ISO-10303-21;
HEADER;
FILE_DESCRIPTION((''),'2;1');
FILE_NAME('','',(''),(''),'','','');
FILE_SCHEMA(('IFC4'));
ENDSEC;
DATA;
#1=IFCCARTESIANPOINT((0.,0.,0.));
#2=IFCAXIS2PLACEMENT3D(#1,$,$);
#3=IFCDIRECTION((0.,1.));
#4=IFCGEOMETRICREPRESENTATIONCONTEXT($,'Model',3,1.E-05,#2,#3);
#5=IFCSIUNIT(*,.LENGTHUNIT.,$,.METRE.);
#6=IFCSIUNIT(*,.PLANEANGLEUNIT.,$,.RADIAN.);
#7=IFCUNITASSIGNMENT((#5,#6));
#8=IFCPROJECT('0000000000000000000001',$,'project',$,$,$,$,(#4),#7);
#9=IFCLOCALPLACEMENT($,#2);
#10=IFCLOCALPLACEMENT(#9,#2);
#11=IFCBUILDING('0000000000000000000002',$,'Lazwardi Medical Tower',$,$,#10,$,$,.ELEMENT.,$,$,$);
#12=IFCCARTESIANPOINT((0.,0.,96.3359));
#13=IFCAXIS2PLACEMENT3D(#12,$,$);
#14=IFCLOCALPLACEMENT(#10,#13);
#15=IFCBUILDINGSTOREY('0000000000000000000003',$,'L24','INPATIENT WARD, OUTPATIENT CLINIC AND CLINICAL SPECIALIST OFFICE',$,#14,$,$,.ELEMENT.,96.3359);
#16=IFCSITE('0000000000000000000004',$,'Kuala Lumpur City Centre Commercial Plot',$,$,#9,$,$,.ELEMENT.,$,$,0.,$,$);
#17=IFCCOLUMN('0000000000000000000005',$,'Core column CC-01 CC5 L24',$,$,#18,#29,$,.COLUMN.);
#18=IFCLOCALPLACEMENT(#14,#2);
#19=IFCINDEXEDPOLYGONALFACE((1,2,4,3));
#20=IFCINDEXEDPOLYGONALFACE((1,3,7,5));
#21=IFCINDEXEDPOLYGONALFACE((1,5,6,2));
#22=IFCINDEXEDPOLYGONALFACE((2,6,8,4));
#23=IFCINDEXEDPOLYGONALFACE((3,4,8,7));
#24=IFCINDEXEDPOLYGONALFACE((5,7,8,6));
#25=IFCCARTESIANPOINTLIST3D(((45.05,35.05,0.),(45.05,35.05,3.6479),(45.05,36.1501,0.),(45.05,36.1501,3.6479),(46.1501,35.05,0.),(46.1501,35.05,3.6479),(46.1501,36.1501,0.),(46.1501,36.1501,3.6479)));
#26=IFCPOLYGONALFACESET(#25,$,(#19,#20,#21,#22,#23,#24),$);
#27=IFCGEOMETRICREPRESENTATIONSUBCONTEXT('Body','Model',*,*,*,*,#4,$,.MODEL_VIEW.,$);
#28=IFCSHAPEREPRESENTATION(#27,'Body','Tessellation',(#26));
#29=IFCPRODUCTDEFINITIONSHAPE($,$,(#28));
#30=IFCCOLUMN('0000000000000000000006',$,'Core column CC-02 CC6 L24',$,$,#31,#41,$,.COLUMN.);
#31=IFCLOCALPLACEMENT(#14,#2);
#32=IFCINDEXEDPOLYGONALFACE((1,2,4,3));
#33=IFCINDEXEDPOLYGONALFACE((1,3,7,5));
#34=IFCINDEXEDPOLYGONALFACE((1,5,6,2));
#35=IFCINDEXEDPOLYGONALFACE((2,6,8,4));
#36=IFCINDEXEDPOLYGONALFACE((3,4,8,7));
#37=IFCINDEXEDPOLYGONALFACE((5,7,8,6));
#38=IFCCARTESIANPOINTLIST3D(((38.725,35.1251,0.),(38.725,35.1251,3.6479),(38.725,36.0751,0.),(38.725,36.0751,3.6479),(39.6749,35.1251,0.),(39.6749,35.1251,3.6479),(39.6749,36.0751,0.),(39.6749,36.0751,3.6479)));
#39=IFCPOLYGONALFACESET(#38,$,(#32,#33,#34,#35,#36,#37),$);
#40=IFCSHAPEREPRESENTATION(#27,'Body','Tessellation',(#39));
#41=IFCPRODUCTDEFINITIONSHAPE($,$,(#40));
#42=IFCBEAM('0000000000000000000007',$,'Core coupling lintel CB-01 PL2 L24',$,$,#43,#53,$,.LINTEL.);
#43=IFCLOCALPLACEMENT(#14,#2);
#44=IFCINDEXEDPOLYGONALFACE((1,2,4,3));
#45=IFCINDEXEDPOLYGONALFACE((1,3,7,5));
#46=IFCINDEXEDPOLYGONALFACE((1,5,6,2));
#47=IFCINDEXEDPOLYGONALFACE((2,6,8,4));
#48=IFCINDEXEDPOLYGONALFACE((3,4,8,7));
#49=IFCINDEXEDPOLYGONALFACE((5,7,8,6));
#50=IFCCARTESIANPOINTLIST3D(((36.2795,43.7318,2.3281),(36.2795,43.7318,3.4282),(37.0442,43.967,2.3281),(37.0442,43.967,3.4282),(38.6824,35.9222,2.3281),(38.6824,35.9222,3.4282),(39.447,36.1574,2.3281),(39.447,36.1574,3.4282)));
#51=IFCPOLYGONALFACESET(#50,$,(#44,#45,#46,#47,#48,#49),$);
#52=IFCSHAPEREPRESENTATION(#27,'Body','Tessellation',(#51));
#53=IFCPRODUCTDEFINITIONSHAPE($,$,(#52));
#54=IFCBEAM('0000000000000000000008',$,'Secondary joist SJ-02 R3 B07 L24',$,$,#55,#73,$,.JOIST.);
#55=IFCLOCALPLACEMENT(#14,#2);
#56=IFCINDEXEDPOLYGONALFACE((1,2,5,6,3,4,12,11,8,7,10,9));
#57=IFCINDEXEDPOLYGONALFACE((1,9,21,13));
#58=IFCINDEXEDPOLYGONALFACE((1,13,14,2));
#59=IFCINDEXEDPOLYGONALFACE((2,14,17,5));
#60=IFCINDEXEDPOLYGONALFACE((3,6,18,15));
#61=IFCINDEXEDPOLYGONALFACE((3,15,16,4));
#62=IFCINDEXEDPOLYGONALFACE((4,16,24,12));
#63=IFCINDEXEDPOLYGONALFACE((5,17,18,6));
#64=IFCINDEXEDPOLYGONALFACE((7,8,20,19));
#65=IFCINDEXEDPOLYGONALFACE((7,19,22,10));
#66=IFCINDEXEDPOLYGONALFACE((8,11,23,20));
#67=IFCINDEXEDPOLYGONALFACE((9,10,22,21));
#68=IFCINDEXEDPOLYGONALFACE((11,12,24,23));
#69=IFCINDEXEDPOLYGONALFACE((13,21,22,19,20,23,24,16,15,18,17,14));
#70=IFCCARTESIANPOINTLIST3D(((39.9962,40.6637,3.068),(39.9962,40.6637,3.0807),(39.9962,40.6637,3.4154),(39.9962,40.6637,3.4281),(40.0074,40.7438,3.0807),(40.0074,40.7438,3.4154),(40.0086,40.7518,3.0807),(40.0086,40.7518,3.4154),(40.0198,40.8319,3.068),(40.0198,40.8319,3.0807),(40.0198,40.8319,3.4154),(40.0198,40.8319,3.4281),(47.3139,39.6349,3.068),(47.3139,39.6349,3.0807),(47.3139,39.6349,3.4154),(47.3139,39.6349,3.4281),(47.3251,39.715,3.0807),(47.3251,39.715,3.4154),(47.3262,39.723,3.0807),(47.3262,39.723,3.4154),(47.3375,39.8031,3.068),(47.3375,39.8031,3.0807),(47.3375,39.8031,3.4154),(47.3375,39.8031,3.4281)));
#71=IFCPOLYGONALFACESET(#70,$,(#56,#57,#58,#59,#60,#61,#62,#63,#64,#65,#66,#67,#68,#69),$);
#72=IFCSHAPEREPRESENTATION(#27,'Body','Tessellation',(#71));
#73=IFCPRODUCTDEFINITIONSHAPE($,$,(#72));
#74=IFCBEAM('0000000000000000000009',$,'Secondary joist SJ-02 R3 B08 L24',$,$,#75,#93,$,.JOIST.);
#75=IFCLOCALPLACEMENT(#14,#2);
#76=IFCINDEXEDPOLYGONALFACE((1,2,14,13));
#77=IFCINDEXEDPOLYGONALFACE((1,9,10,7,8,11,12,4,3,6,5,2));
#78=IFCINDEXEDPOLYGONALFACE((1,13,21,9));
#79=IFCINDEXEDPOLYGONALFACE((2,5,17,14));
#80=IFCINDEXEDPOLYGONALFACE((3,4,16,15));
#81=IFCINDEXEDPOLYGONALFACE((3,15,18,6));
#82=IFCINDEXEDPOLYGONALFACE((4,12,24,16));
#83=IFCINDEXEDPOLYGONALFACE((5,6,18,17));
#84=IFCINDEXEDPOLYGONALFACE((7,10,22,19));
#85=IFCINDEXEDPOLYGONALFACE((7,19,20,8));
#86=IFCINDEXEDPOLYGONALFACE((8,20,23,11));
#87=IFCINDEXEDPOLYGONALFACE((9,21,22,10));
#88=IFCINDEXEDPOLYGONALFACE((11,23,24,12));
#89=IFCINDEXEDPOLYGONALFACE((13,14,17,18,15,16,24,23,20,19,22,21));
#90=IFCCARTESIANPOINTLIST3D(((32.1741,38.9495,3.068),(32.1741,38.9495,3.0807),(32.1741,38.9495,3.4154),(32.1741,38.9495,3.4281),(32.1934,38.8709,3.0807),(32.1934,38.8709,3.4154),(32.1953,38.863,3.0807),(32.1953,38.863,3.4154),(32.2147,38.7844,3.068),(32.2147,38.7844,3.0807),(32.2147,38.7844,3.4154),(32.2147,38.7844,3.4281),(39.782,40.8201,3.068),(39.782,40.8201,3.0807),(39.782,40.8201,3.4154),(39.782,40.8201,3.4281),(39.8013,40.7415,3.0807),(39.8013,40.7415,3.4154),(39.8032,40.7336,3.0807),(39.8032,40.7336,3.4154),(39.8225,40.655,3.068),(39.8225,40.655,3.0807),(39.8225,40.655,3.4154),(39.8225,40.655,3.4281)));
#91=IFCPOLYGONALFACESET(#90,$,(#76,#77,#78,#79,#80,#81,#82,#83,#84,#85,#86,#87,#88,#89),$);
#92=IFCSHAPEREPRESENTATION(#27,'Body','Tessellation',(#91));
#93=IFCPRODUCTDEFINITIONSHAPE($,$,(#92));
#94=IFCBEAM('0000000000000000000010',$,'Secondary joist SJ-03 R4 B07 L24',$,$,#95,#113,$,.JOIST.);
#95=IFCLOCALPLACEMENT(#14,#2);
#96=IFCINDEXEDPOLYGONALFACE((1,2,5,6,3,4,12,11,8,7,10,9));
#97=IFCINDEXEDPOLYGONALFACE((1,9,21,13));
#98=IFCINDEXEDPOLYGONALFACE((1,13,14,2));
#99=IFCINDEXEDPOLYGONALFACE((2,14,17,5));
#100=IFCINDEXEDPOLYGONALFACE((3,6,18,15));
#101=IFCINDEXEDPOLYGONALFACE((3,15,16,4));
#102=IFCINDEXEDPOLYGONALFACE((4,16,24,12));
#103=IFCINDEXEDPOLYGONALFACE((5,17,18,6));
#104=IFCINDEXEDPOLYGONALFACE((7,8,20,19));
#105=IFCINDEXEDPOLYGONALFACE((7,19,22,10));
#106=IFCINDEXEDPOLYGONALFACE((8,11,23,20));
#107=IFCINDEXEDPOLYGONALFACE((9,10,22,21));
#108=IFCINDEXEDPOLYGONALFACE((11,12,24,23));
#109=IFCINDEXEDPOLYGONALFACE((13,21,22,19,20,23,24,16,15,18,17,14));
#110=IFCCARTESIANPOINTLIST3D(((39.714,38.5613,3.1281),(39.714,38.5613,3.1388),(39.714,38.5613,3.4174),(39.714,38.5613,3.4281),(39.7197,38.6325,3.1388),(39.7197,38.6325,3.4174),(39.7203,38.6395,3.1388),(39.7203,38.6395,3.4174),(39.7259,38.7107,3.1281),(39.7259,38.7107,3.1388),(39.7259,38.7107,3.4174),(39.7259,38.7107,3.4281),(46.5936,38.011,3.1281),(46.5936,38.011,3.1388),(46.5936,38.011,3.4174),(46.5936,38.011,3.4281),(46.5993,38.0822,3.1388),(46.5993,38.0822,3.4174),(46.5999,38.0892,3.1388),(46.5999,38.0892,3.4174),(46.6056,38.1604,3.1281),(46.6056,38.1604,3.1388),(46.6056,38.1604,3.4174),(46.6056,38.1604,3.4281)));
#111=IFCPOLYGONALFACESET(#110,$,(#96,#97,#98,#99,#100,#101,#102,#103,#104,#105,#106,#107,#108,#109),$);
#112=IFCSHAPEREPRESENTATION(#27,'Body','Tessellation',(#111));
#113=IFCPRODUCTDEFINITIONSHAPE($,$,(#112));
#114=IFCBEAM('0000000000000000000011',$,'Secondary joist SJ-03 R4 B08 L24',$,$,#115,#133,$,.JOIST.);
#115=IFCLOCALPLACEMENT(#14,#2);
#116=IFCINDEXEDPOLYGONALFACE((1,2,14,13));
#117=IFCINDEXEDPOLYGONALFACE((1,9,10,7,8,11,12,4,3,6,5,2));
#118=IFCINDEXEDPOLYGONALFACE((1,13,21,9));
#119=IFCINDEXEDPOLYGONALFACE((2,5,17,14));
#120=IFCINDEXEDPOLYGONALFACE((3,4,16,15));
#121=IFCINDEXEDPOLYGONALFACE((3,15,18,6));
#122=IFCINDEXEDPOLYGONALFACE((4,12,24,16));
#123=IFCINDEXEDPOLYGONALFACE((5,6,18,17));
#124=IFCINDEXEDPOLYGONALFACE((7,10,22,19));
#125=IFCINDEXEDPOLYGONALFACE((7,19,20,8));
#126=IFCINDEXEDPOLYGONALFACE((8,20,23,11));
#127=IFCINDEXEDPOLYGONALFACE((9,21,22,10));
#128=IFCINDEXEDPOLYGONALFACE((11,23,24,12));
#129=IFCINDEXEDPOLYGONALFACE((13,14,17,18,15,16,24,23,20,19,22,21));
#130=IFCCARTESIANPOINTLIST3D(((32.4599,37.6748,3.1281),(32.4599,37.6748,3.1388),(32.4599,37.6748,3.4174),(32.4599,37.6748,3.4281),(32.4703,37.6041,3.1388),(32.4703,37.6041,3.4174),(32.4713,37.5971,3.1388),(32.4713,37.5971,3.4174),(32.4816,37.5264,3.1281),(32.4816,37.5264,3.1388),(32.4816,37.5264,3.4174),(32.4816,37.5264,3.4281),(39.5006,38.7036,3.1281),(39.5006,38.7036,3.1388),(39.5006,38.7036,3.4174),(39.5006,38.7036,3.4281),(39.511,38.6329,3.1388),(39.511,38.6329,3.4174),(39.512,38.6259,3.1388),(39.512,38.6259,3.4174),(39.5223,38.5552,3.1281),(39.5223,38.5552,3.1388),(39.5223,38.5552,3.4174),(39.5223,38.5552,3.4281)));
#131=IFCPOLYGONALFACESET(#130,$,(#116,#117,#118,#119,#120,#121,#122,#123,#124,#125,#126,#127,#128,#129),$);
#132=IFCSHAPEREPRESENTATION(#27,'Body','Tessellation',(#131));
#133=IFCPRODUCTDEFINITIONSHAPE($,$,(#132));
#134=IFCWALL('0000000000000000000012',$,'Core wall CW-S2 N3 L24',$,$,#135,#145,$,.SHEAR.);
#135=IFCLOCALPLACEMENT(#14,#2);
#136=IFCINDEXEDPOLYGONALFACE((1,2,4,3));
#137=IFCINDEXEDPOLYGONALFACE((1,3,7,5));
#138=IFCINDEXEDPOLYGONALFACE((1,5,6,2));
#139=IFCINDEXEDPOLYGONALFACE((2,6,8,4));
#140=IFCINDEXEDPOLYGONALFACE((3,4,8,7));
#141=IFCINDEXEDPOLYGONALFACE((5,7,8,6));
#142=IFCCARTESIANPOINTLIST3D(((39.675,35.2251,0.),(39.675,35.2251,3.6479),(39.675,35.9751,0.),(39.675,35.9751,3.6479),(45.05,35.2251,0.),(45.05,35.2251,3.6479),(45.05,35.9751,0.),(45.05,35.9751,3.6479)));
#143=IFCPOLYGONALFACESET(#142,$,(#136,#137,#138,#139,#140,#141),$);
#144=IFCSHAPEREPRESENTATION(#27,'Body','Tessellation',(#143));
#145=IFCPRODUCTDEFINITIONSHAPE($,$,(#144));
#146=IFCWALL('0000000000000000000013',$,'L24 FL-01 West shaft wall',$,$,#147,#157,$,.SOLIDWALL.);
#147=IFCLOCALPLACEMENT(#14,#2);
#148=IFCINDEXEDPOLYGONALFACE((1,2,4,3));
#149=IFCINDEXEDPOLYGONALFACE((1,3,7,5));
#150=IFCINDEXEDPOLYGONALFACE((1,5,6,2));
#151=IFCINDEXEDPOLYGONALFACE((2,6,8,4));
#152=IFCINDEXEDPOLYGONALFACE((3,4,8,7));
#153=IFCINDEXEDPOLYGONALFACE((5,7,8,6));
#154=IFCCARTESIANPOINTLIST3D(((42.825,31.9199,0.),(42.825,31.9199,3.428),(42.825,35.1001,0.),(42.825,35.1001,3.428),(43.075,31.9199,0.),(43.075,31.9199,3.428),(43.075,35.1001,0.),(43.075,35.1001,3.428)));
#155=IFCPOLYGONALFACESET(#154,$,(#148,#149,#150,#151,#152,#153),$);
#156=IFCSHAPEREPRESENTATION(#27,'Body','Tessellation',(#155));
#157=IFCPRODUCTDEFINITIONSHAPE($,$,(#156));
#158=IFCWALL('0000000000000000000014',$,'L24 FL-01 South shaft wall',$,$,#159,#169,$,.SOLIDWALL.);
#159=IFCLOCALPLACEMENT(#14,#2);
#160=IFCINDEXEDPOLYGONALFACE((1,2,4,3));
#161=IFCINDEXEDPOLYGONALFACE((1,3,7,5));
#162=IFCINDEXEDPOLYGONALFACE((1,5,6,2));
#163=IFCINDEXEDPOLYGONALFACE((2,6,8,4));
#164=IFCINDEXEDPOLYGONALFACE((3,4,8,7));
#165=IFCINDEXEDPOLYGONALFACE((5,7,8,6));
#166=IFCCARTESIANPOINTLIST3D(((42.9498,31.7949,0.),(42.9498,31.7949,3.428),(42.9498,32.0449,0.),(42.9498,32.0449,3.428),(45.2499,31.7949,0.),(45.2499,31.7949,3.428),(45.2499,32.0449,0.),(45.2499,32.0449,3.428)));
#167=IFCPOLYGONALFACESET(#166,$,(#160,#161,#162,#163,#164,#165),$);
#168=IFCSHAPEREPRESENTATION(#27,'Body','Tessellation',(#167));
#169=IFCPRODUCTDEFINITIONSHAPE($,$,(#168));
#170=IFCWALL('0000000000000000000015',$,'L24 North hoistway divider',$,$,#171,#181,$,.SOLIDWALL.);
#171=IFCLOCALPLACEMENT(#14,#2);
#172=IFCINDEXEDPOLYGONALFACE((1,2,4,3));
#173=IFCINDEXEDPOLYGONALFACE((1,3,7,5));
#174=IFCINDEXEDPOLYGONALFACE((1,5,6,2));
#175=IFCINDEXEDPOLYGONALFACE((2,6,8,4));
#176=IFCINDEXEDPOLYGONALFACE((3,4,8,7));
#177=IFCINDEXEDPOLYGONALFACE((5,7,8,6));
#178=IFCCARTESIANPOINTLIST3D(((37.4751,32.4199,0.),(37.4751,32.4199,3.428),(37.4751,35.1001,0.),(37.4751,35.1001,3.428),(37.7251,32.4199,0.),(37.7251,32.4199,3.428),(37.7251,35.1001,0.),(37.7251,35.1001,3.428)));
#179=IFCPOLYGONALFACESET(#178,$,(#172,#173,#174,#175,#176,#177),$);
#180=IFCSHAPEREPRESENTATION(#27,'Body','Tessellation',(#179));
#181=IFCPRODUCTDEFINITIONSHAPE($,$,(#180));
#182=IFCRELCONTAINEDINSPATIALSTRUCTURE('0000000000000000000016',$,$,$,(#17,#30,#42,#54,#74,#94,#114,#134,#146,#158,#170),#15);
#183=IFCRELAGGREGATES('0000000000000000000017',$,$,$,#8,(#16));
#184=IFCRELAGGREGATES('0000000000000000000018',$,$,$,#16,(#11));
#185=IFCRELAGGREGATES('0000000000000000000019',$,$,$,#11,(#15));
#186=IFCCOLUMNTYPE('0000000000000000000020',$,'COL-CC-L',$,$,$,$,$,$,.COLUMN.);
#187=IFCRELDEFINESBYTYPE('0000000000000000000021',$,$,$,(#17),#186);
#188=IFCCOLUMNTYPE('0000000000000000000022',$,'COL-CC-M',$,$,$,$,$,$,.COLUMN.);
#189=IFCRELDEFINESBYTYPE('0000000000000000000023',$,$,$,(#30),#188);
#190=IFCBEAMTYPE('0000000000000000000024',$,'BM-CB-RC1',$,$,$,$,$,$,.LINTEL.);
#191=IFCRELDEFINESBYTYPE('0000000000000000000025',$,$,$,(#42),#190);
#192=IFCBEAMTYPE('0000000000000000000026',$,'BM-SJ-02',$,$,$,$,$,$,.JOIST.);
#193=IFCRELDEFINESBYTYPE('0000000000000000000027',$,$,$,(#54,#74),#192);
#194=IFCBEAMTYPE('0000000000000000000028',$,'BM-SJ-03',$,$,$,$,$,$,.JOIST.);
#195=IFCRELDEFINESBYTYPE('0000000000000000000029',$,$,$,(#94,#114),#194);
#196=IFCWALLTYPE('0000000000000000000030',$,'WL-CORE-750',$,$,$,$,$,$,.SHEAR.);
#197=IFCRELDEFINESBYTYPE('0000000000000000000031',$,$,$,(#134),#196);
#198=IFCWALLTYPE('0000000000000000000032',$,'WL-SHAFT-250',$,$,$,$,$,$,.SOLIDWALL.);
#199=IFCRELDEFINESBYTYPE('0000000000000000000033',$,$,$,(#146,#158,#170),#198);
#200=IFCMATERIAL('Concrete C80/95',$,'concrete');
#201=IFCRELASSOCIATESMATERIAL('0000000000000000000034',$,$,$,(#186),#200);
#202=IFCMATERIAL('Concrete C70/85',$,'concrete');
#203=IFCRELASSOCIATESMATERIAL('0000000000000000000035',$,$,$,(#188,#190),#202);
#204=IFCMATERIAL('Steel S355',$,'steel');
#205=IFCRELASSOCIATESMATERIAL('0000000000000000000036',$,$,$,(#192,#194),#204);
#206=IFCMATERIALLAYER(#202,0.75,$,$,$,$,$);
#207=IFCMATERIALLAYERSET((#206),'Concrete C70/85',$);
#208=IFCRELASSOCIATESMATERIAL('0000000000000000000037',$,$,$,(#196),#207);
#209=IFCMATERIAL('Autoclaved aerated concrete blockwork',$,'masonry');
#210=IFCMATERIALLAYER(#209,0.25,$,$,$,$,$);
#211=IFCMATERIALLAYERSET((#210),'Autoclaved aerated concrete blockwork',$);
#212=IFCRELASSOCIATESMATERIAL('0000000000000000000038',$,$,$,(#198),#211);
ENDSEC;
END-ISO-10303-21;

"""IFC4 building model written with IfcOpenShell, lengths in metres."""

from ifc_helpers import new_model, si_unit, direction, frame, frame_2d, origin, origin_2d, place, context, subcontext, project, spatial, rectangle, i_section, extrude, material, layer, layer_set, material_profile, profile_set, type_object, element, save


model = new_model("IFC4")

# Units and contexts
model_context = context("Model", 3, precision=1e-05, world=origin(), true_north=direction((0.0, 1.0)))
body_context = subcontext(model_context, "Body", "Model", "MODEL_VIEW")
ifc_project = project(units=[si_unit("LENGTHUNIT", "METRE"), si_unit("PLANEANGLEUNIT", "RADIAN")], contexts=[model_context])

# Site, building, storey
site_placement = place(None, origin())
site = spatial("IfcSite", under=ifc_project, at=site_placement, Name="Kuala Lumpur City Centre Commercial Plot", CompositionType="ELEMENT", RefElevation=0.0)
building_placement = place(site_placement, origin())
building = spatial("IfcBuilding", under=site, at=building_placement, Name="Lazwardi Medical Tower", CompositionType="ELEMENT")
storey_placement = place(building_placement, frame((0.0, 0.0, 96.3359)))
storey = spatial("IfcBuildingStorey", under=building, at=storey_placement, Name="L24", Description="INPATIENT WARD, OUTPATIENT CLINIC AND CLINICAL SPECIALIST OFFICE", CompositionType="ELEMENT", Elevation=96.3359)

# Columns
ifc_material_1 = material(Name="Concrete C80/95", Category="concrete")
ifc_material_profile_1 = material_profile(ifc_material_1, rectangle(XDim=1.1001, YDim=1.1001, at=origin_2d()), Name="RC 1100x1100")
ifc_profile_set_1 = profile_set([ifc_material_profile_1], Name="Concrete C80/95")
column_type_1 = type_object("IfcColumnType", Name="COL-CC-L", PredefinedType="COLUMN", material=ifc_profile_set_1)
column_1_placement = place(storey_placement, frame((45.6001, 35.6001, 0.0), z_axis=(0.0, 0.0, 1.0), x_axis=(1.0, 0.0, 0.0)))
element("IfcColumn", 1, at=column_1_placement, inside=storey, type_object=column_type_1, Name="Core column CC-01 CC5 L24", PredefinedType="COLUMN", context=body_context, shape_type="SweptSolid", body=[
    extrude(rectangle(XDim=1.1001, YDim=1.1001, at=origin_2d()), origin(), (0.0, 0.0, 1.0), 3.6479),
])
ifc_material_2 = material(Name="Concrete C70/85", Category="concrete")
ifc_material_profile_2 = material_profile(ifc_material_2, rectangle(XDim=0.95, YDim=0.95, at=origin_2d()), Name="RC 950x950")
ifc_profile_set_2 = profile_set([ifc_material_profile_2], Name="Concrete C70/85")
column_type_2 = type_object("IfcColumnType", Name="COL-CC-M", PredefinedType="COLUMN", material=ifc_profile_set_2)
column_2_placement = place(storey_placement, frame((39.2, 35.6001, 0.0), z_axis=(0.0, 0.0, 1.0), x_axis=(1.0, 0.0, 0.0)))
element("IfcColumn", 2, at=column_2_placement, inside=storey, type_object=column_type_2, Name="Core column CC-02 CC6 L24", PredefinedType="COLUMN", context=body_context, shape_type="SweptSolid", body=[
    extrude(rectangle(XDim=0.95, YDim=0.95, at=origin_2d()), origin(), (0.0, 0.0, 1.0), 3.6479),
])

# Beams
ifc_material_profile_3 = material_profile(ifc_material_2, rectangle(XDim=0.8, YDim=1.1001, at=origin_2d()), Name="RC 800x1100")
ifc_profile_set_3 = profile_set([ifc_material_profile_3], Name="Concrete C70/85")
beam_type_1 = type_object("IfcBeamType", Name="BM-CB-RC1", PredefinedType="LINTEL", material=ifc_profile_set_3)
beam_1_placement = place(storey_placement, frame((39.0647, 36.0398, 2.8782), z_axis=(-0.294073, 0.955783, 0.0), x_axis=(-0.955783, -0.294073, 0.0)))
element("IfcBeam", 3, at=beam_1_placement, inside=storey, type_object=beam_type_1, Name="Core coupling lintel CB-01 PL2 L24", PredefinedType="LINTEL", context=body_context, shape_type="SweptSolid", body=[
    extrude(rectangle(XDim=0.8, YDim=1.1001, at=origin_2d()), origin(), (0.0, 0.0, 1.0), 8.1709),
])
ifc_material_3 = material(Name="Steel S355", Category="steel")
ifc_material_profile_4 = material_profile(ifc_material_3, i_section(OverallWidth=0.1699, OverallDepth=0.3601, WebThickness=0.0081, FlangeThickness=0.0127, at=origin_2d()), Name="IPE 360")
ifc_profile_set_4 = profile_set([ifc_material_profile_4], Name="Steel S355")
beam_type_2 = type_object("IfcBeamType", Name="BM-SJ-02", PredefinedType="JOIST", material=ifc_profile_set_4)
beam_2_placement = place(storey_placement, frame((47.3257, 39.719, 3.248), z_axis=(-0.990261, 0.139224, 0.0), x_axis=(-0.139224, -0.990261, 0.0)))
element("IfcBeam", 4, at=beam_2_placement, inside=storey, type_object=beam_type_2, Name="Secondary joist SJ-02 R3 B07 L24", PredefinedType="JOIST", context=body_context, shape_type="SweptSolid", body=[
    extrude(i_section(OverallWidth=0.1699, OverallDepth=0.3601, WebThickness=0.0081, FlangeThickness=0.0127, at=origin_2d()), origin(), (0.0, 0.0, 1.0), 7.3896),
])
beam_3_placement = place(storey_placement, frame((39.8022, 40.7375, 3.248), z_axis=(-0.971077, -0.238765, 0.0), x_axis=(0.238765, -0.971077, 0.0)))
element("IfcBeam", 5, at=beam_3_placement, inside=storey, type_object=beam_type_2, Name="Secondary joist SJ-02 R3 B08 L24", PredefinedType="JOIST", context=body_context, shape_type="SweptSolid", body=[
    extrude(i_section(OverallWidth=0.1699, OverallDepth=0.3601, WebThickness=0.0081, FlangeThickness=0.0127, at=origin_2d()), origin(), (0.0, 0.0, 1.0), 7.8345),
])
ifc_material_profile_5 = material_profile(ifc_material_3, i_section(OverallWidth=0.1499, OverallDepth=0.3, WebThickness=0.0071, FlangeThickness=0.0107, at=origin_2d()), Name="IPE 300")
ifc_profile_set_5 = profile_set([ifc_material_profile_5], Name="Steel S355")
beam_type_3 = type_object("IfcBeamType", Name="BM-SJ-03", PredefinedType="JOIST", material=ifc_profile_set_5)
beam_4_placement = place(storey_placement, frame((46.5996, 38.0857, 3.2781), z_axis=(-0.996816, 0.079734, 0.0), x_axis=(-0.079734, -0.996816, 0.0)))
element("IfcBeam", 6, at=beam_4_placement, inside=storey, type_object=beam_type_3, Name="Secondary joist SJ-03 R4 B07 L24", PredefinedType="JOIST", context=body_context, shape_type="SweptSolid", body=[
    extrude(i_section(OverallWidth=0.1499, OverallDepth=0.3, WebThickness=0.0071, FlangeThickness=0.0107, at=origin_2d()), origin(), (0.0, 0.0, 1.0), 6.9016),
])
beam_5_placement = place(storey_placement, frame((39.5115, 38.6294, 3.2781), z_axis=(-0.989492, -0.144586, 0.0), x_axis=(0.144586, -0.989492, 0.0)))
element("IfcBeam", 7, at=beam_5_placement, inside=storey, type_object=beam_type_3, Name="Secondary joist SJ-03 R4 B08 L24", PredefinedType="JOIST", context=body_context, shape_type="SweptSolid", body=[
    extrude(i_section(OverallWidth=0.1499, OverallDepth=0.3, WebThickness=0.0071, FlangeThickness=0.0107, at=origin_2d()), origin(), (0.0, 0.0, 1.0), 7.1155),
])

# Walls
ifc_layer_1 = layer(ifc_material_2, 0.75)
ifc_layer_set_1 = layer_set([ifc_layer_1], Name="Concrete C70/85")
wall_type_1 = type_object("IfcWallType", Name="WL-CORE-750", PredefinedType="SHEAR", material=ifc_layer_set_1)
wall_1_placement = place(storey_placement, frame((39.675, 35.6001, 0.0), z_axis=(0.0, 0.0, 1.0), x_axis=(1.0, 0.0, 0.0)))
element("IfcWall", 8, at=wall_1_placement, inside=storey, type_object=wall_type_1, Name="Core wall CW-S2 N3 L24", PredefinedType="SHEAR", context=body_context, shape_type="SweptSolid", body=[
    extrude(rectangle(XDim=5.375, YDim=0.75, at=frame_2d((2.6875, 0.0))), origin(), (0.0, 0.0, 1.0), 3.6479),
])
ifc_material_4 = material(Name="Autoclaved aerated concrete blockwork", Category="masonry")
ifc_layer_2 = layer(ifc_material_4, 0.25)
ifc_layer_set_2 = layer_set([ifc_layer_2], Name="Autoclaved aerated concrete blockwork")
wall_type_2 = type_object("IfcWallType", Name="WL-SHAFT-250", PredefinedType="SOLIDWALL", material=ifc_layer_set_2)
wall_2_placement = place(storey_placement, frame((42.95, 31.9199, 0.0), z_axis=(0.0, 0.0, 1.0), x_axis=(0.0, 1.0, 0.0)))
element("IfcWall", 9, at=wall_2_placement, inside=storey, type_object=wall_type_2, Name="L24 FL-01 West shaft wall", PredefinedType="SOLIDWALL", context=body_context, shape_type="SweptSolid", body=[
    extrude(rectangle(XDim=3.1802, YDim=0.25, at=frame_2d((1.5901, 0.0))), origin(), (0.0, 0.0, 1.0), 3.428),
])
wall_3_placement = place(storey_placement, frame((42.95, 31.9199, 0.0), z_axis=(0.0, 0.0, 1.0), x_axis=(1.0, 0.0, 0.0)))
element("IfcWall", 10, at=wall_3_placement, inside=storey, type_object=wall_type_2, Name="L24 FL-01 South shaft wall", PredefinedType="SOLIDWALL", context=body_context, shape_type="SweptSolid", body=[
    extrude(rectangle(XDim=2.3, YDim=0.25, at=frame_2d((1.1499, 0.0))), origin(), (0.0, 0.0, 1.0), 3.428),
])
for number, where, z_axis, x_axis, name in (
    (11, (37.6001, 32.4199, 0.0), (0.0, 0.0, 1.0), (0.0, 1.0, 0.0), "L24 North hoistway divider"),
):
    element("IfcWall", number, at=place(storey_placement, frame(where, z_axis=z_axis, x_axis=x_axis)), inside=storey, type_object=wall_type_2, Name=name, PredefinedType="SOLIDWALL", context=body_context, shape_type="SweptSolid", body=[
        extrude(rectangle(XDim=2.6802, YDim=0.25, at=frame_2d((1.3401, 0.0))), origin(), (0.0, 0.0, 1.0), 3.428),
    ])

save(model, "model.ifc")
